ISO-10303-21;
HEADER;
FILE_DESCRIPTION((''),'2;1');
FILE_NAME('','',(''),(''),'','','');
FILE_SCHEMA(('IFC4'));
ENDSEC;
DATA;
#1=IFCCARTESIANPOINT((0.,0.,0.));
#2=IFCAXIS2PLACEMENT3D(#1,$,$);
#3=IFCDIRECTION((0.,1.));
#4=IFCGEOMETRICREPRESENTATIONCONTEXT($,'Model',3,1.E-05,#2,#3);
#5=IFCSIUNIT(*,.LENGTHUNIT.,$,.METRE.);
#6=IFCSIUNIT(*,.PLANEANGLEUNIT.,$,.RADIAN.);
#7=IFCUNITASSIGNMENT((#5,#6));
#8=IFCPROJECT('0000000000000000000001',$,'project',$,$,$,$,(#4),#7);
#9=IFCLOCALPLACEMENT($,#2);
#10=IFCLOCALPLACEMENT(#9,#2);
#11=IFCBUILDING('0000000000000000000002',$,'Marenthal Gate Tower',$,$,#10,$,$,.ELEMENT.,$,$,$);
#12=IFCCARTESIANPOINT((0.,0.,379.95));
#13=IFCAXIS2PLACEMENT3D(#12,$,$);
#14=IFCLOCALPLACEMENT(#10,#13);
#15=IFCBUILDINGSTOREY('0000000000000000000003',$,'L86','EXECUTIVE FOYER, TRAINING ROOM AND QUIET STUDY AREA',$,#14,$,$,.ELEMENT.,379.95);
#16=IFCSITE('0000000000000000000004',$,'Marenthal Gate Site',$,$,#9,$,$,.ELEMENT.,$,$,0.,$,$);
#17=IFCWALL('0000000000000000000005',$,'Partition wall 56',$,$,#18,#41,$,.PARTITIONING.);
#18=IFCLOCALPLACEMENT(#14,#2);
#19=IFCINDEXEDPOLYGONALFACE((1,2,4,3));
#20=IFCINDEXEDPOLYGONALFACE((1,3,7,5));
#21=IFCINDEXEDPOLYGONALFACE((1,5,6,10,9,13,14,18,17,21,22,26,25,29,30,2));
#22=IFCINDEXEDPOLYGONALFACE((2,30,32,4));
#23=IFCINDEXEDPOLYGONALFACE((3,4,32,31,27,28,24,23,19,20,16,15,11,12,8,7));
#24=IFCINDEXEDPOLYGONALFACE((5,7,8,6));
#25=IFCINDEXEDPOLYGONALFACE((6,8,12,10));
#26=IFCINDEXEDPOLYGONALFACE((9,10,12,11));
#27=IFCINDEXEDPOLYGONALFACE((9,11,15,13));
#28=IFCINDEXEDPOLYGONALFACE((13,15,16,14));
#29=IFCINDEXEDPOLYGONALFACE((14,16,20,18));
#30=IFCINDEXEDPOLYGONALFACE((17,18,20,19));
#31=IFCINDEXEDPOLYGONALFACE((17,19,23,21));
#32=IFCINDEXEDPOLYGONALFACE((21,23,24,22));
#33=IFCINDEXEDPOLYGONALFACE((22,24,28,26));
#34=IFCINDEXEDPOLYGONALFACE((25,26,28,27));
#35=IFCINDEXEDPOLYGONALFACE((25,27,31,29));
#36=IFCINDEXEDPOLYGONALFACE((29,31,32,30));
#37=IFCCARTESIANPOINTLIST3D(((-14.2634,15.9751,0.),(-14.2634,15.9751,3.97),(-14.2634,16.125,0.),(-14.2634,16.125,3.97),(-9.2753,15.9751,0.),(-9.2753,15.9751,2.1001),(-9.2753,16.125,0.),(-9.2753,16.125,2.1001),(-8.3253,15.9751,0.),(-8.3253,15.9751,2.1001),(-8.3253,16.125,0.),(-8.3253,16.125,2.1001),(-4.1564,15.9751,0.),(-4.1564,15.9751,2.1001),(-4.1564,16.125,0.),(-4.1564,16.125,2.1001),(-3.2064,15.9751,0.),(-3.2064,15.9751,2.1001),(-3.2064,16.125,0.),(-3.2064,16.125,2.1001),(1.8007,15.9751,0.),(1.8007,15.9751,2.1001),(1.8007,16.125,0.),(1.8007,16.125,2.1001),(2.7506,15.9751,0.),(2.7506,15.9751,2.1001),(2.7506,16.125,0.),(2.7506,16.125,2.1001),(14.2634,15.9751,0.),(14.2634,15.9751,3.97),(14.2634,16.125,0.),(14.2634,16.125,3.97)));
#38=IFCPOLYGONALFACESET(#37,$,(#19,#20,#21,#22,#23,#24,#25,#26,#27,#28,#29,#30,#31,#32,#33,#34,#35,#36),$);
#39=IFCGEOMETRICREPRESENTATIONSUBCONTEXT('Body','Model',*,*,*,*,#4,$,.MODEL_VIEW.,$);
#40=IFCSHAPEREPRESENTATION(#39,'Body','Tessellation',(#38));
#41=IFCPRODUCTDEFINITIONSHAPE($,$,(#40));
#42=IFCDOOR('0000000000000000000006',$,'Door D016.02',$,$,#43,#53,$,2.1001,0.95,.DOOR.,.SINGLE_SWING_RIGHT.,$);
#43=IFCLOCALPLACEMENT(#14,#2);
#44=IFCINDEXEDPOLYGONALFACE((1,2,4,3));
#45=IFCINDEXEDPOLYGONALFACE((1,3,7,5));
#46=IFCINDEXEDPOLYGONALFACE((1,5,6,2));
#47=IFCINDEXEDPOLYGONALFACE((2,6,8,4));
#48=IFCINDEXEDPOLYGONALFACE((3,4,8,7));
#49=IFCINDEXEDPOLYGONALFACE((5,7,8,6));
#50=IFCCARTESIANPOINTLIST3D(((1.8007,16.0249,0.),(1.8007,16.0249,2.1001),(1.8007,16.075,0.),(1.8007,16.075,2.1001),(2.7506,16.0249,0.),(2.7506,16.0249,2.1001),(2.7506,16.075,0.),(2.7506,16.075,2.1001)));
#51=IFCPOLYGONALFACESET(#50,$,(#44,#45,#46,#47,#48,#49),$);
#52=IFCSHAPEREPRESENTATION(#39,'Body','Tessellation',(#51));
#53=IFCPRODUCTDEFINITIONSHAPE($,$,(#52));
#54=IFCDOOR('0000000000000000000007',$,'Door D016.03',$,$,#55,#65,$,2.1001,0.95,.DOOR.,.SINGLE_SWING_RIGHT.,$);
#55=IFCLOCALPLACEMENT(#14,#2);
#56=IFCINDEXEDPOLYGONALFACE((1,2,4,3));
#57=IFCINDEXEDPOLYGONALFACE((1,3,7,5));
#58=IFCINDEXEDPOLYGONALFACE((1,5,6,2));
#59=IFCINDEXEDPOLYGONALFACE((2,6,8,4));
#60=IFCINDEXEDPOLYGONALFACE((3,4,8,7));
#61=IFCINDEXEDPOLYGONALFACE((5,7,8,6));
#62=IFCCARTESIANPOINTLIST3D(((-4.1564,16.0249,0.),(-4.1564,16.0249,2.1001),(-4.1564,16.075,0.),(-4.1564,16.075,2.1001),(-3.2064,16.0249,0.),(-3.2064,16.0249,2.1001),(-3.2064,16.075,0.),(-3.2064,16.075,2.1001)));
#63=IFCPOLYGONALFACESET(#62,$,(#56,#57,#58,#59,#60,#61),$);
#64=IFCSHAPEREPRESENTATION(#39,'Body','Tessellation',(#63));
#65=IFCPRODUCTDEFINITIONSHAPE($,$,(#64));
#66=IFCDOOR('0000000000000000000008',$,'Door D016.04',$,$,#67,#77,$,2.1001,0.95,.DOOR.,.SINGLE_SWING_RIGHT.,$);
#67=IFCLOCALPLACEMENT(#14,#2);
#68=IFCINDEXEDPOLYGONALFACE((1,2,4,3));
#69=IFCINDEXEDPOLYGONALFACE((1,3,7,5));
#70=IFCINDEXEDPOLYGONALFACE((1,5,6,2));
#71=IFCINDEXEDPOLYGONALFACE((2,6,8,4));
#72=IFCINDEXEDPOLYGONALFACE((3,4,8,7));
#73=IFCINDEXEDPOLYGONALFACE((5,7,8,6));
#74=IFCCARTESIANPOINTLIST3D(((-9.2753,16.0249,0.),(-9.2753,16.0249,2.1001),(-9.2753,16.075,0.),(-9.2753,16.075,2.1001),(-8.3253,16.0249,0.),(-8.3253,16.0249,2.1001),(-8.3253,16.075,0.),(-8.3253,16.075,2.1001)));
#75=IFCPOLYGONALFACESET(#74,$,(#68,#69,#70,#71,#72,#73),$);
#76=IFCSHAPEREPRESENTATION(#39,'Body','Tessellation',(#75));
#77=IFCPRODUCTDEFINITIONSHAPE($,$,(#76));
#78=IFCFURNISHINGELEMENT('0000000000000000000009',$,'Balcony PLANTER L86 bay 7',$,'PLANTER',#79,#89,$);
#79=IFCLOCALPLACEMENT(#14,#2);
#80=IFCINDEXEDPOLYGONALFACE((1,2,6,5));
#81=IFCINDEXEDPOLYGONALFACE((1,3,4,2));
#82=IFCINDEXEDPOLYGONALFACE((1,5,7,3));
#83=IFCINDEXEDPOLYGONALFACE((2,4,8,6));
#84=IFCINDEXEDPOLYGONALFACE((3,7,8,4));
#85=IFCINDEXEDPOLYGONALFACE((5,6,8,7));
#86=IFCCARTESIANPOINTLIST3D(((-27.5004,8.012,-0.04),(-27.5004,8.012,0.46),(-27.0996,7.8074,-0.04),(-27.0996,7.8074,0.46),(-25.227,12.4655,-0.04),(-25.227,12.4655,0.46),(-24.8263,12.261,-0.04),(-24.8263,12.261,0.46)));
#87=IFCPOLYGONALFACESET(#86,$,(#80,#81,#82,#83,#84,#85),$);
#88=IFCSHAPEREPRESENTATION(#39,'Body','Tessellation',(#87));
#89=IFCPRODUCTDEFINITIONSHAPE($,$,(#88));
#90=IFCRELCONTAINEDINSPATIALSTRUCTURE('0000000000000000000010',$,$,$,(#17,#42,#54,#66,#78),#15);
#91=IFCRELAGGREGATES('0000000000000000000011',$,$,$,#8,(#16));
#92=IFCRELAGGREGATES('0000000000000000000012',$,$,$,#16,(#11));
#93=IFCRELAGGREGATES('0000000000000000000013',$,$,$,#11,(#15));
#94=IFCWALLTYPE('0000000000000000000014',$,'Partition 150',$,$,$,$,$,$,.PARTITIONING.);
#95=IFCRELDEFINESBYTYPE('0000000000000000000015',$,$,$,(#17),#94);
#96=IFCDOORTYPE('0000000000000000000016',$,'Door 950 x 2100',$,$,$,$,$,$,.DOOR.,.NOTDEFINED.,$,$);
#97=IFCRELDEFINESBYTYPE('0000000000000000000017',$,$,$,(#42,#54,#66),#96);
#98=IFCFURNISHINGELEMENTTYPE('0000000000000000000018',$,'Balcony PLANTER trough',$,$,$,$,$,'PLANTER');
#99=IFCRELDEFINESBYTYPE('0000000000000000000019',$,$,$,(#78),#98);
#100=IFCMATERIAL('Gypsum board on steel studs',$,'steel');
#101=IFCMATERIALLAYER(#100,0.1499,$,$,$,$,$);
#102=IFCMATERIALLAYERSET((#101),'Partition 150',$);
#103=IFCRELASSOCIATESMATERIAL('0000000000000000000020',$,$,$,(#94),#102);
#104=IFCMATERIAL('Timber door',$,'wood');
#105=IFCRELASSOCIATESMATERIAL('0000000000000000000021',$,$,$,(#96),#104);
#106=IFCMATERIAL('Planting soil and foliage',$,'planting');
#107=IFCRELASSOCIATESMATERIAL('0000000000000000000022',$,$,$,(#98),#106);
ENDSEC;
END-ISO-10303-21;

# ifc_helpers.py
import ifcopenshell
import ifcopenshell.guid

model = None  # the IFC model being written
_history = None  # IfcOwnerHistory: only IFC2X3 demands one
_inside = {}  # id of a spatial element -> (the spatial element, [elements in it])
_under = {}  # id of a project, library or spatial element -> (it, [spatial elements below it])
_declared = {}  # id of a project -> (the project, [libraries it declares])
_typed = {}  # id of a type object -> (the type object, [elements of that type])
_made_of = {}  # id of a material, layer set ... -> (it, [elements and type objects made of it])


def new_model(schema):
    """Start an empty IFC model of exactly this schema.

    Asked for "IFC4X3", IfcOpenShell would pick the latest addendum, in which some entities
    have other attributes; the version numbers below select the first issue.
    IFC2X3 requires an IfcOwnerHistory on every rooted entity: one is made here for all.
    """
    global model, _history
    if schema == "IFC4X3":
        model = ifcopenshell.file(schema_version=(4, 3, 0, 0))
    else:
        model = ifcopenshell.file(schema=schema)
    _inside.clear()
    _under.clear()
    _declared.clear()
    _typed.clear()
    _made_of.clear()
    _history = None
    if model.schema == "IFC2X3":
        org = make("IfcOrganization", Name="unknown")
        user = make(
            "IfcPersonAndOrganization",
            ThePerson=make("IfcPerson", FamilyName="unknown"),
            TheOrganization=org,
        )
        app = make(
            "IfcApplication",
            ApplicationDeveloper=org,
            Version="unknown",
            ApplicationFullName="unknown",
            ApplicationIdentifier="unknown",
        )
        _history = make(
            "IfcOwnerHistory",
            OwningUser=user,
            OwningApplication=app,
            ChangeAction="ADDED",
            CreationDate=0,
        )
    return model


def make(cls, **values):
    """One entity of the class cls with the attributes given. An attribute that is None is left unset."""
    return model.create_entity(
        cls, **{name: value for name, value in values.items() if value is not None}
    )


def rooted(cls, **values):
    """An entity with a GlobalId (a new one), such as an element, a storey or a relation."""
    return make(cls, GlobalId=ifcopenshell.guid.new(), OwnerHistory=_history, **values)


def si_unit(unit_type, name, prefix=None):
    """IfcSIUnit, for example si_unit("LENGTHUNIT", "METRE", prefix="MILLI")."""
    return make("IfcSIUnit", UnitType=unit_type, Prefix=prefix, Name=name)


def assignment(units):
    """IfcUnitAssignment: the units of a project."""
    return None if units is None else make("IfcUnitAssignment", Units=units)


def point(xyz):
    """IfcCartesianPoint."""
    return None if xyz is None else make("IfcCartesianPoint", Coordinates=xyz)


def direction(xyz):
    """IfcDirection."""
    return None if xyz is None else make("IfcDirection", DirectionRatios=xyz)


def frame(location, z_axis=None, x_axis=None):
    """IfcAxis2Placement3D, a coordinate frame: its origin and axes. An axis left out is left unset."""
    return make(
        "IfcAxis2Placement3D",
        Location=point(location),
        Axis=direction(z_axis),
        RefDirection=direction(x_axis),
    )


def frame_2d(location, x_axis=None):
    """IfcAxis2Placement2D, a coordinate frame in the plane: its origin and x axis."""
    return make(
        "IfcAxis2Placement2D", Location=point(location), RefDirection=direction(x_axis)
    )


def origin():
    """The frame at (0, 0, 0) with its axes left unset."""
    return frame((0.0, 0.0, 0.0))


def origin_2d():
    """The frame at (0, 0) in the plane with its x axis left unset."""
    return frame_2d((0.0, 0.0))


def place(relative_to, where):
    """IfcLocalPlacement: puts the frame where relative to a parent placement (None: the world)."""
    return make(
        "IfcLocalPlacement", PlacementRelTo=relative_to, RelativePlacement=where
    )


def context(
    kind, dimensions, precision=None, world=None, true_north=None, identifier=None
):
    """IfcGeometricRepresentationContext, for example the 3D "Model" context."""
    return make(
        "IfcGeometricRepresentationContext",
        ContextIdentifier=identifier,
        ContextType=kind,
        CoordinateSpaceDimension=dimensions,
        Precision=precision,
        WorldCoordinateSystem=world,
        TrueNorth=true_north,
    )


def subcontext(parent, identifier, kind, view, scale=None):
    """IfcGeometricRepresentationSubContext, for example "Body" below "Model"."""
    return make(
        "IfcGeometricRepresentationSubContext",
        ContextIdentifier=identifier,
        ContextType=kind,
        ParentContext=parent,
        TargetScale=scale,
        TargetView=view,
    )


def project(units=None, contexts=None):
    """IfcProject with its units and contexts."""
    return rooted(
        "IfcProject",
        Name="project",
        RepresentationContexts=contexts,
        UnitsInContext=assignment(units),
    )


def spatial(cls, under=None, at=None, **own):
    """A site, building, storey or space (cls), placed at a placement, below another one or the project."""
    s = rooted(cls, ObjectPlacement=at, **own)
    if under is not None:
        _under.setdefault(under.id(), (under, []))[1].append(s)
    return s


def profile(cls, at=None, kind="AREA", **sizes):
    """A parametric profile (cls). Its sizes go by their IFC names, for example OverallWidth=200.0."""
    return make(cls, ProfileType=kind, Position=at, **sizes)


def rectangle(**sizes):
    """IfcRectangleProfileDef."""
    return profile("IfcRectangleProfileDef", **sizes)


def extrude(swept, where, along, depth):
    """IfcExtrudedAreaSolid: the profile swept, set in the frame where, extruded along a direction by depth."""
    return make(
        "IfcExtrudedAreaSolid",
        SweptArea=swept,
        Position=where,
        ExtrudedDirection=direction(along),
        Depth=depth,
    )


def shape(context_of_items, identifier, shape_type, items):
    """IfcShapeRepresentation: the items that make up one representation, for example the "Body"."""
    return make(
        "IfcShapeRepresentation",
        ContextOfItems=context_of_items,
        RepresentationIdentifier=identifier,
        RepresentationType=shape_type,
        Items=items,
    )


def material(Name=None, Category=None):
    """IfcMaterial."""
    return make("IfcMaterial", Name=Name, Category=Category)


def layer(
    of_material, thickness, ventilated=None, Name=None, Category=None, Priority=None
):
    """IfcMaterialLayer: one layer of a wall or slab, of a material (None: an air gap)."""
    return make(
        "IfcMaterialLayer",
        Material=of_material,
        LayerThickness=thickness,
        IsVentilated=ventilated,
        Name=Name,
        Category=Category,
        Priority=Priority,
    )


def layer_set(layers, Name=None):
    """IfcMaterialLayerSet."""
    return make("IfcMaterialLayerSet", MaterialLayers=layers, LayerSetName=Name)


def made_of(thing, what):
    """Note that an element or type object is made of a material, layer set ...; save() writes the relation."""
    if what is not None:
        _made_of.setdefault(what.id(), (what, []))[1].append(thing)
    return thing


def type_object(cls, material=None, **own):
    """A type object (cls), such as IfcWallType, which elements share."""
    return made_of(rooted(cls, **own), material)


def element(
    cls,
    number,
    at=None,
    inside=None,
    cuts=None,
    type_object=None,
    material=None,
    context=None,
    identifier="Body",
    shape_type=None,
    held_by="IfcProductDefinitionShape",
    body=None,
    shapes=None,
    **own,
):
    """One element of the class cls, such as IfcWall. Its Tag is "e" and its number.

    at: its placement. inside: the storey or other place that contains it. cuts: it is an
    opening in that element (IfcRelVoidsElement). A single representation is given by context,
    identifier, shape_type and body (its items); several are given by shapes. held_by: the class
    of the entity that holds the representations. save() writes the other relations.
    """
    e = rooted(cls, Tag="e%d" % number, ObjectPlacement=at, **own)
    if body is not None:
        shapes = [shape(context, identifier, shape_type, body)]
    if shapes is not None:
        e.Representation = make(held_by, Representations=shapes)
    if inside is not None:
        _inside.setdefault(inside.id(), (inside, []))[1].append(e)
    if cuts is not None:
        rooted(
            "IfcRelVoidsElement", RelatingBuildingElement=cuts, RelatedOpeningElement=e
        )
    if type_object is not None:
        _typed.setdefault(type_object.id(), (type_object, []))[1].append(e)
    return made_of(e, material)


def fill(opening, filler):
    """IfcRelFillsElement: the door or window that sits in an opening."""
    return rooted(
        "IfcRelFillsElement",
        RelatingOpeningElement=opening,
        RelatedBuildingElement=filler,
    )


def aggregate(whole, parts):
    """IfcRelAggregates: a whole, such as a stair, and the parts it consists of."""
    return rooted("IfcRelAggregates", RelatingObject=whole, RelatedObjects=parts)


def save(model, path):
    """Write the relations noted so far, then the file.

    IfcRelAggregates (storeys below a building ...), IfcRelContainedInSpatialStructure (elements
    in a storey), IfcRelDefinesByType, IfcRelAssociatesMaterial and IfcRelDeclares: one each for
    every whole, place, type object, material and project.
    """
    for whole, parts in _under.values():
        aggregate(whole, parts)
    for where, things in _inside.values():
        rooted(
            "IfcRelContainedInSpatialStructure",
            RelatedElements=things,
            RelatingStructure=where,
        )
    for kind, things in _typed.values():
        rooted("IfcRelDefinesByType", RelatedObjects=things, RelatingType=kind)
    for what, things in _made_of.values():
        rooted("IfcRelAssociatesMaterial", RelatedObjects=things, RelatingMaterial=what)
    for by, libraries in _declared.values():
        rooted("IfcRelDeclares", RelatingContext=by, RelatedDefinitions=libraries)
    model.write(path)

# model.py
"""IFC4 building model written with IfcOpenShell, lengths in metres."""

from ifc_helpers import new_model, si_unit, direction, frame, frame_2d, origin, origin_2d, place, context, subcontext, project, spatial, rectangle, extrude, material, layer, layer_set, type_object, element, fill, save


model = new_model("IFC4")

# Units and contexts
model_context = context("Model", 3, precision=1e-05, world=origin(), true_north=direction((0.0, 1.0)))
body_context = subcontext(model_context, "Body", "Model", "MODEL_VIEW")
ifc_project = project(units=[si_unit("LENGTHUNIT", "METRE"), si_unit("PLANEANGLEUNIT", "RADIAN")], contexts=[model_context])

# Site, building, storey
site_placement = place(None, origin())
site = spatial("IfcSite", under=ifc_project, at=site_placement, Name="Marenthal Gate Site", CompositionType="ELEMENT", RefElevation=0.0)
building_placement = place(site_placement, origin())
building = spatial("IfcBuilding", under=site, at=building_placement, Name="Marenthal Gate Tower", CompositionType="ELEMENT")
storey_placement = place(building_placement, frame((0.0, 0.0, 379.95)))
storey = spatial("IfcBuildingStorey", under=building, at=storey_placement, Name="L86", Description="EXECUTIVE FOYER, TRAINING ROOM AND QUIET STUDY AREA", CompositionType="ELEMENT", Elevation=379.95)

# Shared definitions
ifc_material_1 = material(Name="Gypsum board on steel studs", Category="steel")
ifc_layer_1 = layer(ifc_material_1, 0.1499)
ifc_layer_set_1 = layer_set([ifc_layer_1], Name="Partition 150")
wall_type_1 = type_object("IfcWallType", Name="Partition 150", PredefinedType="PARTITIONING", material=ifc_layer_set_1)

# Wall, openings, doors
wall_1_placement = place(storey_placement, frame((-14.2634, 16.05, 0.0), z_axis=(0.0, 0.0, 1.0), x_axis=(1.0, 0.0, 0.0)))
wall_1 = element("IfcWall", 1, at=wall_1_placement, inside=storey, type_object=wall_type_1, Name="Partition wall 56", PredefinedType="PARTITIONING", context=body_context, shape_type="SweptSolid", body=[
    extrude(rectangle(XDim=28.5269, YDim=0.1499, at=frame_2d((14.2634, 0.0))), origin(), (0.0, 0.0, 1.0), 3.97),
])
opening_1_placement = place(wall_1_placement, frame((16.064, 0.0, 0.0)))
opening_1 = element("IfcOpeningElement", 2, at=opening_1_placement, cuts=wall_1, PredefinedType="OPENING", context=body_context, shape_type="SweptSolid", body=[
    extrude(rectangle(XDim=0.95, YDim=2.1001, at=frame_2d((0.4751, 1.05))), frame((0.0, 0.085, 0.0), z_axis=(0.0, -1.0, 0.0), x_axis=(1.0, 0.0, 0.0)), (0.0, 0.0, 1.0), 0.1699),
])
opening_2_placement = place(wall_1_placement, frame((10.1069, 0.0, 0.0)))
opening_2 = element("IfcOpeningElement", 3, at=opening_2_placement, cuts=wall_1, PredefinedType="OPENING", context=body_context, shape_type="SweptSolid", body=[
    extrude(rectangle(XDim=0.95, YDim=2.1001, at=frame_2d((0.4751, 1.05))), frame((0.0, 0.085, 0.0), z_axis=(0.0, -1.0, 0.0), x_axis=(1.0, 0.0, 0.0)), (0.0, 0.0, 1.0), 0.1699),
])
opening_3_placement = place(wall_1_placement, frame((4.988, 0.0, 0.0)))
opening_3 = element("IfcOpeningElement", 4, at=opening_3_placement, cuts=wall_1, PredefinedType="OPENING", context=body_context, shape_type="SweptSolid", body=[
    extrude(rectangle(XDim=0.95, YDim=2.1001, at=frame_2d((0.4751, 1.05))), frame((0.0, 0.085, 0.0), z_axis=(0.0, -1.0, 0.0), x_axis=(1.0, 0.0, 0.0)), (0.0, 0.0, 1.0), 0.1699),
])
ifc_material_2 = material(Name="Timber door", Category="wood")
door_type_1 = type_object("IfcDoorType", Name="Door 950 x 2100", OperationType="NOTDEFINED", PredefinedType="DOOR", material=ifc_material_2)
door_1_placement = place(opening_1_placement, origin())
door_1 = element("IfcDoor", 5, at=door_1_placement, inside=storey, type_object=door_type_1, Name="Door D016.02", OperationType="SINGLE_SWING_RIGHT", OverallHeight=2.1001, OverallWidth=0.95, PredefinedType="DOOR", context=body_context, shape_type="SweptSolid", body=[
    extrude(rectangle(XDim=0.95, YDim=2.1001, at=frame_2d((0.4751, 1.05))), frame((0.0, 0.0249, 0.0), z_axis=(0.0, -1.0, 0.0), x_axis=(1.0, 0.0, 0.0)), (0.0, 0.0, 1.0), 0.05),
])
fill(opening_1, door_1)
door_2_placement = place(opening_2_placement, origin())
door_2 = element("IfcDoor", 6, at=door_2_placement, inside=storey, type_object=door_type_1, Name="Door D016.03", OperationType="SINGLE_SWING_RIGHT", OverallHeight=2.1001, OverallWidth=0.95, PredefinedType="DOOR", context=body_context, shape_type="SweptSolid", body=[
    extrude(rectangle(XDim=0.95, YDim=2.1001, at=frame_2d((0.4751, 1.05))), frame((0.0, 0.0249, 0.0), z_axis=(0.0, -1.0, 0.0), x_axis=(1.0, 0.0, 0.0)), (0.0, 0.0, 1.0), 0.05),
])
fill(opening_2, door_2)
door_3_placement = place(opening_3_placement, origin())
door_3 = element("IfcDoor", 7, at=door_3_placement, inside=storey, type_object=door_type_1, Name="Door D016.04", OperationType="SINGLE_SWING_RIGHT", OverallHeight=2.1001, OverallWidth=0.95, PredefinedType="DOOR", context=body_context, shape_type="SweptSolid", body=[
    extrude(rectangle(XDim=0.95, YDim=2.1001, at=frame_2d((0.4751, 1.05))), frame((0.0, 0.0249, 0.0), z_axis=(0.0, -1.0, 0.0), x_axis=(1.0, 0.0, 0.0)), (0.0, 0.0, 1.0), 0.05),
])
fill(opening_3, door_3)

# Furnishing element
ifc_material_3 = material(Name="Planting soil and foliage", Category="planting")
furnishing_element_type = type_object("IfcFurnishingElementType", Name="Balcony PLANTER trough", ElementType="PLANTER", material=ifc_material_3)
furnishing_placement = place(storey_placement, frame((-26.1633, 10.1365, -0.04), z_axis=(0.0, 0.0, 1.0), x_axis=(-0.454654, -0.890668, 0.0)))
element("IfcFurnishingElement", 8, at=furnishing_placement, inside=storey, type_object=furnishing_element_type, Name="Balcony PLANTER L86 bay 7", ObjectType="PLANTER", context=body_context, shape_type="SweptSolid", body=[
    extrude(rectangle(XDim=5.0002, YDim=0.45, at=origin_2d()), origin(), (0.0, 0.0, 1.0), 0.5),
])

save(model, "model.ifc")
